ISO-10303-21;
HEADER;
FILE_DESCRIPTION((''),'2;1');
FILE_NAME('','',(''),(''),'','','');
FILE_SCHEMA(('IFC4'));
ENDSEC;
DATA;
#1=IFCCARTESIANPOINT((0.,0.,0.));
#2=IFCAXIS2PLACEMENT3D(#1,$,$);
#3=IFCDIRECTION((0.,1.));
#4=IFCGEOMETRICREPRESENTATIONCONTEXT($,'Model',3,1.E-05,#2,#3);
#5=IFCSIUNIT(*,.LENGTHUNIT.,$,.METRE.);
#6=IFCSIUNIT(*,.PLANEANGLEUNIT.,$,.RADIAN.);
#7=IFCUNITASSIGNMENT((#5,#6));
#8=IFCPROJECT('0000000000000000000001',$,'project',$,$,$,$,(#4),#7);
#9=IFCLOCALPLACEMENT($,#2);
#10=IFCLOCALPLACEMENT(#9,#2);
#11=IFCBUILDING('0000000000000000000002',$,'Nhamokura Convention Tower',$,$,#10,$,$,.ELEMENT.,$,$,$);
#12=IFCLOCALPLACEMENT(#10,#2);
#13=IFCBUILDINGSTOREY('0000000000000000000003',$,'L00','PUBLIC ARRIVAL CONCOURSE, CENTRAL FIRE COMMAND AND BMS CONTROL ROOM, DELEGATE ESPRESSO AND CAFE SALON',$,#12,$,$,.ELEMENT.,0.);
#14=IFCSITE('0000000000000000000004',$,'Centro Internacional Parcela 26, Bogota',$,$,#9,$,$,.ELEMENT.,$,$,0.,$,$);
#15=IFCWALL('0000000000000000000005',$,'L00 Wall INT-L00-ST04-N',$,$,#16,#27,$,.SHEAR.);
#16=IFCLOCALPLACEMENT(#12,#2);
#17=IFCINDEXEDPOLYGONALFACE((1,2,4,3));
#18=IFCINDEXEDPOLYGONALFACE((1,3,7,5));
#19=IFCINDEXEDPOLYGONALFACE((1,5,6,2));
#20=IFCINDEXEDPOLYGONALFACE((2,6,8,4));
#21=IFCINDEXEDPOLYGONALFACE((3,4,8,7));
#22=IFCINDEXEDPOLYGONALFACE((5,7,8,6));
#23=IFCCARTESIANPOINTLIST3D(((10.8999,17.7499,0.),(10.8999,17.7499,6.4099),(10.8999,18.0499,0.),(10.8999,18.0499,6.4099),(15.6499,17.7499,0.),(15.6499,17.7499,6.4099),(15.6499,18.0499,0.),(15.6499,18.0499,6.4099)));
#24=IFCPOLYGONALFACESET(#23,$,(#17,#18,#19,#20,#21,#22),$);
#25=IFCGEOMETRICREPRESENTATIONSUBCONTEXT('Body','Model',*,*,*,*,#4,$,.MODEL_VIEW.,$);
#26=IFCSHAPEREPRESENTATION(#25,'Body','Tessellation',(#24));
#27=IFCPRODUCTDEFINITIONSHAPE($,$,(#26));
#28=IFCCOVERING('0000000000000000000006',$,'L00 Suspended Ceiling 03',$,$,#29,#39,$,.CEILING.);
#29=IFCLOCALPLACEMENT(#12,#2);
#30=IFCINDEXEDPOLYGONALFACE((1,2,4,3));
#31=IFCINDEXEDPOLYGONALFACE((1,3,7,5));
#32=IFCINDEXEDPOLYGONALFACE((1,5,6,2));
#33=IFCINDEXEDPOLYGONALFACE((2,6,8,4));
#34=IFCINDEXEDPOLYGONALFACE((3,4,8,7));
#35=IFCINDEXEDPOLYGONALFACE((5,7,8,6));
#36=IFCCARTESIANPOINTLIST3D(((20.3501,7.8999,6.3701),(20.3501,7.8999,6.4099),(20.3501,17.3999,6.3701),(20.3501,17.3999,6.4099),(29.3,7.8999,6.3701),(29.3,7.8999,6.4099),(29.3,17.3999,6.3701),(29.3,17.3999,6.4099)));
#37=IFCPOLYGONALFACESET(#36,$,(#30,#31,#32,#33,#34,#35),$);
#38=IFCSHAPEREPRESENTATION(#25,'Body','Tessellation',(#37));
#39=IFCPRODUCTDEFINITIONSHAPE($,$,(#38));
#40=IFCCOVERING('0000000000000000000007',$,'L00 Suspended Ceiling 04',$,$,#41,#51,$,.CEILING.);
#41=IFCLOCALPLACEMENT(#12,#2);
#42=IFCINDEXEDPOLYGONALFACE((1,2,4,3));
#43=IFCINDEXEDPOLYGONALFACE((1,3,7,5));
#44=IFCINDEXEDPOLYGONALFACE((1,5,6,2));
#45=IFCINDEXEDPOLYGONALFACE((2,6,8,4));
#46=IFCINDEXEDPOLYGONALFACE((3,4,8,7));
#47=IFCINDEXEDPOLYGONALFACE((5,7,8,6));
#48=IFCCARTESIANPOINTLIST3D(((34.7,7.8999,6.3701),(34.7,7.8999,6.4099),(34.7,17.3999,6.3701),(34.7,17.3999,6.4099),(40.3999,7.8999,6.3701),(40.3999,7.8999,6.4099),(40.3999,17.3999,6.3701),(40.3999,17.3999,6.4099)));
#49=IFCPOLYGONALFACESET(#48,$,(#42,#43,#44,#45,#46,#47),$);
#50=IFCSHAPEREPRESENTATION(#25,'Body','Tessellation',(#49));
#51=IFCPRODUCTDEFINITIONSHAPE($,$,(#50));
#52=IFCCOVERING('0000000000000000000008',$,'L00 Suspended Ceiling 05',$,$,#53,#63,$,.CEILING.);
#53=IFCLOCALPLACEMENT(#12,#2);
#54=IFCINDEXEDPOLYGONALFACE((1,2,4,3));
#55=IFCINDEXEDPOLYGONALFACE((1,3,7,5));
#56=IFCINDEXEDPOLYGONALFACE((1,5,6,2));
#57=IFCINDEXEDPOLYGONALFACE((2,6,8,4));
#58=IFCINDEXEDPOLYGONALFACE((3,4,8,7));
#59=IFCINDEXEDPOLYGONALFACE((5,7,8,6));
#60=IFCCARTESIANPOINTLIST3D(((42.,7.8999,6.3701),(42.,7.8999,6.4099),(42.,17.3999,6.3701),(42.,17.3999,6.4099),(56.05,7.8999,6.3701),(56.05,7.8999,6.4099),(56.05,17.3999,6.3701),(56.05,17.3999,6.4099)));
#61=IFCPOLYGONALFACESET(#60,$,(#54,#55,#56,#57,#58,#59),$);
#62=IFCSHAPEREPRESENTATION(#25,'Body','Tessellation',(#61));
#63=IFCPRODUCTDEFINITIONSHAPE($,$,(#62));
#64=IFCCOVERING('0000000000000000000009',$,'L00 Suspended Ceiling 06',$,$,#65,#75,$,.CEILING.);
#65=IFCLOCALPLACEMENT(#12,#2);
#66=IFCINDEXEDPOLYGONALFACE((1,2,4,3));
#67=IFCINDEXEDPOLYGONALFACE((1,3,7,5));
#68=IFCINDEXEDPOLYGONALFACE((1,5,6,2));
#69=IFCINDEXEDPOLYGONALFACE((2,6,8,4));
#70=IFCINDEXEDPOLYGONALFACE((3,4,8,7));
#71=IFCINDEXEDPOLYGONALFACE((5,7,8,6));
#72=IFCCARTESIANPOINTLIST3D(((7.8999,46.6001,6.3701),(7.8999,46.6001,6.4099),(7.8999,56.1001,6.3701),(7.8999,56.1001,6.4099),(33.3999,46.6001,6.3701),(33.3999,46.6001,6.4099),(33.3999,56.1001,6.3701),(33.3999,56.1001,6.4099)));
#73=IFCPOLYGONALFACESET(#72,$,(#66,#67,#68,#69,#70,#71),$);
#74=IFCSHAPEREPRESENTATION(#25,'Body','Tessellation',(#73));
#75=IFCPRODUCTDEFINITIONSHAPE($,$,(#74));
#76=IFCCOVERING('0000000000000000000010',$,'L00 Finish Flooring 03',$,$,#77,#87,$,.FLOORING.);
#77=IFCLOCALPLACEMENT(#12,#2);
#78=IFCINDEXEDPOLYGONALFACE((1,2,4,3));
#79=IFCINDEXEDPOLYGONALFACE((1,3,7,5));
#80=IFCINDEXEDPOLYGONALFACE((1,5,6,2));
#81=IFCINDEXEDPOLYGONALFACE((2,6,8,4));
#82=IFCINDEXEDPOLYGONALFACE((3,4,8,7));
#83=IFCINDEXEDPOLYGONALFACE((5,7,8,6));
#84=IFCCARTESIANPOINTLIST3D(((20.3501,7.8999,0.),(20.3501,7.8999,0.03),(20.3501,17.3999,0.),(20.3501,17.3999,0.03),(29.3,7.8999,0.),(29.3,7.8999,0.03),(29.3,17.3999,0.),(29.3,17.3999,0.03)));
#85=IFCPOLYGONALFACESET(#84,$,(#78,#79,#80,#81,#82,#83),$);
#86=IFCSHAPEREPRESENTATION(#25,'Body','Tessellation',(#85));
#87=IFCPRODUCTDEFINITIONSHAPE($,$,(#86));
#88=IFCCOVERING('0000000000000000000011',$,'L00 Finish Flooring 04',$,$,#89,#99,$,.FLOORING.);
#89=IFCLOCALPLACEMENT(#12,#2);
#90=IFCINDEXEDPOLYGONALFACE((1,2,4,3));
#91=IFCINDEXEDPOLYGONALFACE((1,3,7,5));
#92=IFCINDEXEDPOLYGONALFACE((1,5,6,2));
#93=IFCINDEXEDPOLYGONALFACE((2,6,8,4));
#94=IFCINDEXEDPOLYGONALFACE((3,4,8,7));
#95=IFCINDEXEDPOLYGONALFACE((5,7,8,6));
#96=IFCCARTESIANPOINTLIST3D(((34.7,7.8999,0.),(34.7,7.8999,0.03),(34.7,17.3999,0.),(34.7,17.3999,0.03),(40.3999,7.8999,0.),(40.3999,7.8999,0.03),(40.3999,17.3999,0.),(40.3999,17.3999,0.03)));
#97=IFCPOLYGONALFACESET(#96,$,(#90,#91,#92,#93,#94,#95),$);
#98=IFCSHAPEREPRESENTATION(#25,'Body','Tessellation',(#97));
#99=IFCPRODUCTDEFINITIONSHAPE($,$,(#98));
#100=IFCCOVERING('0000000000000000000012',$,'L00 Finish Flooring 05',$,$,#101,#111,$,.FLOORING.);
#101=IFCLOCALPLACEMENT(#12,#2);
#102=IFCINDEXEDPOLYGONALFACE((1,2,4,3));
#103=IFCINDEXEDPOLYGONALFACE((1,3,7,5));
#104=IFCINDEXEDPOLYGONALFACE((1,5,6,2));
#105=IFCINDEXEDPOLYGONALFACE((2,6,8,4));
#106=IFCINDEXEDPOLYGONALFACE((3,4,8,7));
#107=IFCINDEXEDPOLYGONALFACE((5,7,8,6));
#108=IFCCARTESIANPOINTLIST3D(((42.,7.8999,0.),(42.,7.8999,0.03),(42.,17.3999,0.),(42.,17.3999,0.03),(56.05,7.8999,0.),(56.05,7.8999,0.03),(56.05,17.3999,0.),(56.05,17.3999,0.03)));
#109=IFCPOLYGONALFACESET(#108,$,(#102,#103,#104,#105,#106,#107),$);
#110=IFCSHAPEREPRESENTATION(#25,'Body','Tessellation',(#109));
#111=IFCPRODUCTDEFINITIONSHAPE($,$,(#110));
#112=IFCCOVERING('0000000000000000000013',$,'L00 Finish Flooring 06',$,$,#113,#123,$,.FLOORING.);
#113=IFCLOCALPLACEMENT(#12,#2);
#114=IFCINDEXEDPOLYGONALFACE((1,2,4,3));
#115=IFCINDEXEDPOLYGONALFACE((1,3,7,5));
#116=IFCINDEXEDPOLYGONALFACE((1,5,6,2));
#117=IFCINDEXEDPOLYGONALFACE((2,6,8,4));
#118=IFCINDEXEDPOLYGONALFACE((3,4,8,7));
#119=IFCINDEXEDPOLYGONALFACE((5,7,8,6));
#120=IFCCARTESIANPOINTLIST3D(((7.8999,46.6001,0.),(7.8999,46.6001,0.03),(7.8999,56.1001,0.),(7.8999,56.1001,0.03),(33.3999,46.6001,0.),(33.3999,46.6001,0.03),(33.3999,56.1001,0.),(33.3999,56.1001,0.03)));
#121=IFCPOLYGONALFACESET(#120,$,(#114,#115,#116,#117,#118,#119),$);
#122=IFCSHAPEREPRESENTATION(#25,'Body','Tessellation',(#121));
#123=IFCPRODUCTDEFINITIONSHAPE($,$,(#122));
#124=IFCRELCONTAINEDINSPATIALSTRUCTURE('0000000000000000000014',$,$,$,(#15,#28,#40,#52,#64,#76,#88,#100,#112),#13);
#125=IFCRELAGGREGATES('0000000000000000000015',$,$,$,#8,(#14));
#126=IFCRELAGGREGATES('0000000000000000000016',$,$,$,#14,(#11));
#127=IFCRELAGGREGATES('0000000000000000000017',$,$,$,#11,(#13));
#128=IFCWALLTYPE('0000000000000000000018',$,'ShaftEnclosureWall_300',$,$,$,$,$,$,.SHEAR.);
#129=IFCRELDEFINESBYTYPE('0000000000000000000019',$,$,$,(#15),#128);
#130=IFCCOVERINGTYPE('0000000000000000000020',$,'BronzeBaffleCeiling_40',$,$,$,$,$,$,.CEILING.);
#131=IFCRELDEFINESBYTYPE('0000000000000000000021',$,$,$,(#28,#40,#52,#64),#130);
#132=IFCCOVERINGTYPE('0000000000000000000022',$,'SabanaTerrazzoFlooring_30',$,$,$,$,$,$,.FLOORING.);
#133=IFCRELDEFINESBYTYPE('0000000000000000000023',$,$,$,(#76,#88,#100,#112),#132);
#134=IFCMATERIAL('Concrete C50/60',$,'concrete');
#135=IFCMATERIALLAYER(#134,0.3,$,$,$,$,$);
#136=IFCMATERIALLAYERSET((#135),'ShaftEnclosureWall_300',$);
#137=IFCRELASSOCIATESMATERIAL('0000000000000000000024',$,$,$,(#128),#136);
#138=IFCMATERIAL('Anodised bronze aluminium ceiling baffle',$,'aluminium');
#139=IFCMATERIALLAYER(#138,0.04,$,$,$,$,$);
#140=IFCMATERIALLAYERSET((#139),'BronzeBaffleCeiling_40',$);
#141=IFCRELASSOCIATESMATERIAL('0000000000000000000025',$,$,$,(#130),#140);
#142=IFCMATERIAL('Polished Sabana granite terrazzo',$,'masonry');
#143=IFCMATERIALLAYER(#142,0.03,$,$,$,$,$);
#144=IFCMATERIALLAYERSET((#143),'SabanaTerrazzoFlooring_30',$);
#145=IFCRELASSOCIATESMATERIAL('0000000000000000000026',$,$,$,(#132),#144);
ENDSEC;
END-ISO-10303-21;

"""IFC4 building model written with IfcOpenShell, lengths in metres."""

from ifc_helpers import new_model, si_unit, direction, frame, frame_2d, origin, place, context, subcontext, project, spatial, polyline, rectangle, outline, extrude, material, layer, layer_set, type_object, element, save


model = new_model("IFC4")

# Units and contexts
model_context = context("Model", 3, precision=1e-05, world=origin(), true_north=direction((0.0, 1.0)))
body_context = subcontext(model_context, "Body", "Model", "MODEL_VIEW")
ifc_project = project(units=[si_unit("LENGTHUNIT", "METRE"), si_unit("PLANEANGLEUNIT", "RADIAN")], contexts=[model_context])

# Site, building, storey
site_placement = place(None, origin())
site = spatial("IfcSite", under=ifc_project, at=site_placement, Name="Centro Internacional Parcela 26, Bogota", CompositionType="ELEMENT", RefElevation=0.0)
building_placement = place(site_placement, origin())
building = spatial("IfcBuilding", under=site, at=building_placement, Name="Nhamokura Convention Tower", CompositionType="ELEMENT")
storey_placement = place(building_placement, origin())
storey = spatial("IfcBuildingStorey", under=building, at=storey_placement, Name="L00", Description="PUBLIC ARRIVAL CONCOURSE, CENTRAL FIRE COMMAND AND BMS CONTROL ROOM, DELEGATE ESPRESSO AND CAFE SALON", CompositionType="ELEMENT", Elevation=0.0)

# Wall
ifc_material_1 = material(Name="Concrete C50/60", Category="concrete")
ifc_layer_1 = layer(ifc_material_1, 0.3)
ifc_layer_set_1 = layer_set([ifc_layer_1], Name="ShaftEnclosureWall_300")
wall_type_1 = type_object("IfcWallType", Name="ShaftEnclosureWall_300", PredefinedType="SHEAR", material=ifc_layer_set_1)
for number, where, z_axis, x_axis, name in (
    (1, (10.8999, 17.8999, 0.0), (0.0, 0.0, 1.0), (1.0, 0.0, 0.0), "L00 Wall INT-L00-ST04-N"),
):
    element("IfcWall", number, at=place(storey_placement, frame(where, z_axis=z_axis, x_axis=x_axis)), inside=storey, type_object=wall_type_1, Name=name, PredefinedType="SHEAR", context=body_context, shape_type="SweptSolid", body=[
        extrude(rectangle(XDim=4.75, YDim=0.3, at=frame_2d((2.375, 0.0))), origin(), (0.0, 0.0, 1.0), 6.4099),
    ])

# Coverings
ifc_material_2 = material(Name="Anodised bronze aluminium ceiling baffle", Category="aluminium")
ifc_layer_2 = layer(ifc_material_2, 0.04)
ifc_layer_set_2 = layer_set([ifc_layer_2], Name="BronzeBaffleCeiling_40")
covering_type_1 = type_object("IfcCoveringType", Name="BronzeBaffleCeiling_40", PredefinedType="CEILING", material=ifc_layer_set_2)
covering_1_placement = place(storey_placement, frame((0.0, 0.0, 6.3701)))
element("IfcCovering", 2, at=covering_1_placement, inside=storey, type_object=covering_type_1, Name="L00 Suspended Ceiling 03", PredefinedType="CEILING", context=body_context, shape_type="SweptSolid", body=[
    extrude(outline(polyline([(20.3501, 7.8999), (29.3, 7.8999), (29.3, 17.3999), (20.3501, 17.3999), (20.3501, 7.8999)])), origin(), (0.0, 0.0, 1.0), 0.0398),
])
covering_2_placement = place(storey_placement, frame((0.0, 0.0, 6.3701)))
element("IfcCovering", 3, at=covering_2_placement, inside=storey, type_object=covering_type_1, Name="L00 Suspended Ceiling 04", PredefinedType="CEILING", context=body_context, shape_type="SweptSolid", body=[
    extrude(outline(polyline([(34.7, 7.8999), (40.3999, 7.8999), (40.3999, 17.3999), (34.7, 17.3999), (34.7, 7.8999)])), origin(), (0.0, 0.0, 1.0), 0.0398),
])
covering_3_placement = place(storey_placement, frame((0.0, 0.0, 6.3701)))
element("IfcCovering", 4, at=covering_3_placement, inside=storey, type_object=covering_type_1, Name="L00 Suspended Ceiling 05", PredefinedType="CEILING", context=body_context, shape_type="SweptSolid", body=[
    extrude(outline(polyline([(42.0, 7.8999), (56.05, 7.8999), (56.05, 17.3999), (42.0, 17.3999), (42.0, 7.8999)])), origin(), (0.0, 0.0, 1.0), 0.0398),
])
covering_4_placement = place(storey_placement, frame((0.0, 0.0, 6.3701)))
element("IfcCovering", 5, at=covering_4_placement, inside=storey, type_object=covering_type_1, Name="L00 Suspended Ceiling 06", PredefinedType="CEILING", context=body_context, shape_type="SweptSolid", body=[
    extrude(outline(polyline([(7.8999, 46.6001), (33.3999, 46.6001), (33.3999, 56.1001), (7.8999, 56.1001), (7.8999, 46.6001)])), origin(), (0.0, 0.0, 1.0), 0.0398),
])
ifc_material_3 = material(Name="Polished Sabana granite terrazzo", Category="masonry")
ifc_layer_3 = layer(ifc_material_3, 0.03)
ifc_layer_set_3 = layer_set([ifc_layer_3], Name="SabanaTerrazzoFlooring_30")
covering_type_2 = type_object("IfcCoveringType", Name="SabanaTerrazzoFlooring_30", PredefinedType="FLOORING", material=ifc_layer_set_3)
covering_5_placement = place(storey_placement, origin())
element("IfcCovering", 6, at=covering_5_placement, inside=storey, type_object=covering_type_2, Name="L00 Finish Flooring 03", PredefinedType="FLOORING", context=body_context, shape_type="SweptSolid", body=[
    extrude(outline(polyline([(20.3501, 7.8999), (29.3, 7.8999), (29.3, 17.3999), (20.3501, 17.3999), (20.3501, 7.8999)])), origin(), (0.0, 0.0, 1.0), 0.03),
])
covering_6_placement = place(storey_placement, origin())
element("IfcCovering", 7, at=covering_6_placement, inside=storey, type_object=covering_type_2, Name="L00 Finish Flooring 04", PredefinedType="FLOORING", context=body_context, shape_type="SweptSolid", body=[
    extrude(outline(polyline([(34.7, 7.8999), (40.3999, 7.8999), (40.3999, 17.3999), (34.7, 17.3999), (34.7, 7.8999)])), origin(), (0.0, 0.0, 1.0), 0.03),
])
covering_7_placement = place(storey_placement, origin())
element("IfcCovering", 8, at=covering_7_placement, inside=storey, type_object=covering_type_2, Name="L00 Finish Flooring 05", PredefinedType="FLOORING", context=body_context, shape_type="SweptSolid", body=[
    extrude(outline(polyline([(42.0, 7.8999), (56.05, 7.8999), (56.05, 17.3999), (42.0, 17.3999), (42.0, 7.8999)])), origin(), (0.0, 0.0, 1.0), 0.03),
])
covering_8_placement = place(storey_placement, origin())
element("IfcCovering", 9, at=covering_8_placement, inside=storey, type_object=covering_type_2, Name="L00 Finish Flooring 06", PredefinedType="FLOORING", context=body_context, shape_type="SweptSolid", body=[
    extrude(outline(polyline([(7.8999, 46.6001), (33.3999, 46.6001), (33.3999, 56.1001), (7.8999, 56.1001), (7.8999, 46.6001)])), origin(), (0.0, 0.0, 1.0), 0.03),
])

save(model, "model.ifc")
